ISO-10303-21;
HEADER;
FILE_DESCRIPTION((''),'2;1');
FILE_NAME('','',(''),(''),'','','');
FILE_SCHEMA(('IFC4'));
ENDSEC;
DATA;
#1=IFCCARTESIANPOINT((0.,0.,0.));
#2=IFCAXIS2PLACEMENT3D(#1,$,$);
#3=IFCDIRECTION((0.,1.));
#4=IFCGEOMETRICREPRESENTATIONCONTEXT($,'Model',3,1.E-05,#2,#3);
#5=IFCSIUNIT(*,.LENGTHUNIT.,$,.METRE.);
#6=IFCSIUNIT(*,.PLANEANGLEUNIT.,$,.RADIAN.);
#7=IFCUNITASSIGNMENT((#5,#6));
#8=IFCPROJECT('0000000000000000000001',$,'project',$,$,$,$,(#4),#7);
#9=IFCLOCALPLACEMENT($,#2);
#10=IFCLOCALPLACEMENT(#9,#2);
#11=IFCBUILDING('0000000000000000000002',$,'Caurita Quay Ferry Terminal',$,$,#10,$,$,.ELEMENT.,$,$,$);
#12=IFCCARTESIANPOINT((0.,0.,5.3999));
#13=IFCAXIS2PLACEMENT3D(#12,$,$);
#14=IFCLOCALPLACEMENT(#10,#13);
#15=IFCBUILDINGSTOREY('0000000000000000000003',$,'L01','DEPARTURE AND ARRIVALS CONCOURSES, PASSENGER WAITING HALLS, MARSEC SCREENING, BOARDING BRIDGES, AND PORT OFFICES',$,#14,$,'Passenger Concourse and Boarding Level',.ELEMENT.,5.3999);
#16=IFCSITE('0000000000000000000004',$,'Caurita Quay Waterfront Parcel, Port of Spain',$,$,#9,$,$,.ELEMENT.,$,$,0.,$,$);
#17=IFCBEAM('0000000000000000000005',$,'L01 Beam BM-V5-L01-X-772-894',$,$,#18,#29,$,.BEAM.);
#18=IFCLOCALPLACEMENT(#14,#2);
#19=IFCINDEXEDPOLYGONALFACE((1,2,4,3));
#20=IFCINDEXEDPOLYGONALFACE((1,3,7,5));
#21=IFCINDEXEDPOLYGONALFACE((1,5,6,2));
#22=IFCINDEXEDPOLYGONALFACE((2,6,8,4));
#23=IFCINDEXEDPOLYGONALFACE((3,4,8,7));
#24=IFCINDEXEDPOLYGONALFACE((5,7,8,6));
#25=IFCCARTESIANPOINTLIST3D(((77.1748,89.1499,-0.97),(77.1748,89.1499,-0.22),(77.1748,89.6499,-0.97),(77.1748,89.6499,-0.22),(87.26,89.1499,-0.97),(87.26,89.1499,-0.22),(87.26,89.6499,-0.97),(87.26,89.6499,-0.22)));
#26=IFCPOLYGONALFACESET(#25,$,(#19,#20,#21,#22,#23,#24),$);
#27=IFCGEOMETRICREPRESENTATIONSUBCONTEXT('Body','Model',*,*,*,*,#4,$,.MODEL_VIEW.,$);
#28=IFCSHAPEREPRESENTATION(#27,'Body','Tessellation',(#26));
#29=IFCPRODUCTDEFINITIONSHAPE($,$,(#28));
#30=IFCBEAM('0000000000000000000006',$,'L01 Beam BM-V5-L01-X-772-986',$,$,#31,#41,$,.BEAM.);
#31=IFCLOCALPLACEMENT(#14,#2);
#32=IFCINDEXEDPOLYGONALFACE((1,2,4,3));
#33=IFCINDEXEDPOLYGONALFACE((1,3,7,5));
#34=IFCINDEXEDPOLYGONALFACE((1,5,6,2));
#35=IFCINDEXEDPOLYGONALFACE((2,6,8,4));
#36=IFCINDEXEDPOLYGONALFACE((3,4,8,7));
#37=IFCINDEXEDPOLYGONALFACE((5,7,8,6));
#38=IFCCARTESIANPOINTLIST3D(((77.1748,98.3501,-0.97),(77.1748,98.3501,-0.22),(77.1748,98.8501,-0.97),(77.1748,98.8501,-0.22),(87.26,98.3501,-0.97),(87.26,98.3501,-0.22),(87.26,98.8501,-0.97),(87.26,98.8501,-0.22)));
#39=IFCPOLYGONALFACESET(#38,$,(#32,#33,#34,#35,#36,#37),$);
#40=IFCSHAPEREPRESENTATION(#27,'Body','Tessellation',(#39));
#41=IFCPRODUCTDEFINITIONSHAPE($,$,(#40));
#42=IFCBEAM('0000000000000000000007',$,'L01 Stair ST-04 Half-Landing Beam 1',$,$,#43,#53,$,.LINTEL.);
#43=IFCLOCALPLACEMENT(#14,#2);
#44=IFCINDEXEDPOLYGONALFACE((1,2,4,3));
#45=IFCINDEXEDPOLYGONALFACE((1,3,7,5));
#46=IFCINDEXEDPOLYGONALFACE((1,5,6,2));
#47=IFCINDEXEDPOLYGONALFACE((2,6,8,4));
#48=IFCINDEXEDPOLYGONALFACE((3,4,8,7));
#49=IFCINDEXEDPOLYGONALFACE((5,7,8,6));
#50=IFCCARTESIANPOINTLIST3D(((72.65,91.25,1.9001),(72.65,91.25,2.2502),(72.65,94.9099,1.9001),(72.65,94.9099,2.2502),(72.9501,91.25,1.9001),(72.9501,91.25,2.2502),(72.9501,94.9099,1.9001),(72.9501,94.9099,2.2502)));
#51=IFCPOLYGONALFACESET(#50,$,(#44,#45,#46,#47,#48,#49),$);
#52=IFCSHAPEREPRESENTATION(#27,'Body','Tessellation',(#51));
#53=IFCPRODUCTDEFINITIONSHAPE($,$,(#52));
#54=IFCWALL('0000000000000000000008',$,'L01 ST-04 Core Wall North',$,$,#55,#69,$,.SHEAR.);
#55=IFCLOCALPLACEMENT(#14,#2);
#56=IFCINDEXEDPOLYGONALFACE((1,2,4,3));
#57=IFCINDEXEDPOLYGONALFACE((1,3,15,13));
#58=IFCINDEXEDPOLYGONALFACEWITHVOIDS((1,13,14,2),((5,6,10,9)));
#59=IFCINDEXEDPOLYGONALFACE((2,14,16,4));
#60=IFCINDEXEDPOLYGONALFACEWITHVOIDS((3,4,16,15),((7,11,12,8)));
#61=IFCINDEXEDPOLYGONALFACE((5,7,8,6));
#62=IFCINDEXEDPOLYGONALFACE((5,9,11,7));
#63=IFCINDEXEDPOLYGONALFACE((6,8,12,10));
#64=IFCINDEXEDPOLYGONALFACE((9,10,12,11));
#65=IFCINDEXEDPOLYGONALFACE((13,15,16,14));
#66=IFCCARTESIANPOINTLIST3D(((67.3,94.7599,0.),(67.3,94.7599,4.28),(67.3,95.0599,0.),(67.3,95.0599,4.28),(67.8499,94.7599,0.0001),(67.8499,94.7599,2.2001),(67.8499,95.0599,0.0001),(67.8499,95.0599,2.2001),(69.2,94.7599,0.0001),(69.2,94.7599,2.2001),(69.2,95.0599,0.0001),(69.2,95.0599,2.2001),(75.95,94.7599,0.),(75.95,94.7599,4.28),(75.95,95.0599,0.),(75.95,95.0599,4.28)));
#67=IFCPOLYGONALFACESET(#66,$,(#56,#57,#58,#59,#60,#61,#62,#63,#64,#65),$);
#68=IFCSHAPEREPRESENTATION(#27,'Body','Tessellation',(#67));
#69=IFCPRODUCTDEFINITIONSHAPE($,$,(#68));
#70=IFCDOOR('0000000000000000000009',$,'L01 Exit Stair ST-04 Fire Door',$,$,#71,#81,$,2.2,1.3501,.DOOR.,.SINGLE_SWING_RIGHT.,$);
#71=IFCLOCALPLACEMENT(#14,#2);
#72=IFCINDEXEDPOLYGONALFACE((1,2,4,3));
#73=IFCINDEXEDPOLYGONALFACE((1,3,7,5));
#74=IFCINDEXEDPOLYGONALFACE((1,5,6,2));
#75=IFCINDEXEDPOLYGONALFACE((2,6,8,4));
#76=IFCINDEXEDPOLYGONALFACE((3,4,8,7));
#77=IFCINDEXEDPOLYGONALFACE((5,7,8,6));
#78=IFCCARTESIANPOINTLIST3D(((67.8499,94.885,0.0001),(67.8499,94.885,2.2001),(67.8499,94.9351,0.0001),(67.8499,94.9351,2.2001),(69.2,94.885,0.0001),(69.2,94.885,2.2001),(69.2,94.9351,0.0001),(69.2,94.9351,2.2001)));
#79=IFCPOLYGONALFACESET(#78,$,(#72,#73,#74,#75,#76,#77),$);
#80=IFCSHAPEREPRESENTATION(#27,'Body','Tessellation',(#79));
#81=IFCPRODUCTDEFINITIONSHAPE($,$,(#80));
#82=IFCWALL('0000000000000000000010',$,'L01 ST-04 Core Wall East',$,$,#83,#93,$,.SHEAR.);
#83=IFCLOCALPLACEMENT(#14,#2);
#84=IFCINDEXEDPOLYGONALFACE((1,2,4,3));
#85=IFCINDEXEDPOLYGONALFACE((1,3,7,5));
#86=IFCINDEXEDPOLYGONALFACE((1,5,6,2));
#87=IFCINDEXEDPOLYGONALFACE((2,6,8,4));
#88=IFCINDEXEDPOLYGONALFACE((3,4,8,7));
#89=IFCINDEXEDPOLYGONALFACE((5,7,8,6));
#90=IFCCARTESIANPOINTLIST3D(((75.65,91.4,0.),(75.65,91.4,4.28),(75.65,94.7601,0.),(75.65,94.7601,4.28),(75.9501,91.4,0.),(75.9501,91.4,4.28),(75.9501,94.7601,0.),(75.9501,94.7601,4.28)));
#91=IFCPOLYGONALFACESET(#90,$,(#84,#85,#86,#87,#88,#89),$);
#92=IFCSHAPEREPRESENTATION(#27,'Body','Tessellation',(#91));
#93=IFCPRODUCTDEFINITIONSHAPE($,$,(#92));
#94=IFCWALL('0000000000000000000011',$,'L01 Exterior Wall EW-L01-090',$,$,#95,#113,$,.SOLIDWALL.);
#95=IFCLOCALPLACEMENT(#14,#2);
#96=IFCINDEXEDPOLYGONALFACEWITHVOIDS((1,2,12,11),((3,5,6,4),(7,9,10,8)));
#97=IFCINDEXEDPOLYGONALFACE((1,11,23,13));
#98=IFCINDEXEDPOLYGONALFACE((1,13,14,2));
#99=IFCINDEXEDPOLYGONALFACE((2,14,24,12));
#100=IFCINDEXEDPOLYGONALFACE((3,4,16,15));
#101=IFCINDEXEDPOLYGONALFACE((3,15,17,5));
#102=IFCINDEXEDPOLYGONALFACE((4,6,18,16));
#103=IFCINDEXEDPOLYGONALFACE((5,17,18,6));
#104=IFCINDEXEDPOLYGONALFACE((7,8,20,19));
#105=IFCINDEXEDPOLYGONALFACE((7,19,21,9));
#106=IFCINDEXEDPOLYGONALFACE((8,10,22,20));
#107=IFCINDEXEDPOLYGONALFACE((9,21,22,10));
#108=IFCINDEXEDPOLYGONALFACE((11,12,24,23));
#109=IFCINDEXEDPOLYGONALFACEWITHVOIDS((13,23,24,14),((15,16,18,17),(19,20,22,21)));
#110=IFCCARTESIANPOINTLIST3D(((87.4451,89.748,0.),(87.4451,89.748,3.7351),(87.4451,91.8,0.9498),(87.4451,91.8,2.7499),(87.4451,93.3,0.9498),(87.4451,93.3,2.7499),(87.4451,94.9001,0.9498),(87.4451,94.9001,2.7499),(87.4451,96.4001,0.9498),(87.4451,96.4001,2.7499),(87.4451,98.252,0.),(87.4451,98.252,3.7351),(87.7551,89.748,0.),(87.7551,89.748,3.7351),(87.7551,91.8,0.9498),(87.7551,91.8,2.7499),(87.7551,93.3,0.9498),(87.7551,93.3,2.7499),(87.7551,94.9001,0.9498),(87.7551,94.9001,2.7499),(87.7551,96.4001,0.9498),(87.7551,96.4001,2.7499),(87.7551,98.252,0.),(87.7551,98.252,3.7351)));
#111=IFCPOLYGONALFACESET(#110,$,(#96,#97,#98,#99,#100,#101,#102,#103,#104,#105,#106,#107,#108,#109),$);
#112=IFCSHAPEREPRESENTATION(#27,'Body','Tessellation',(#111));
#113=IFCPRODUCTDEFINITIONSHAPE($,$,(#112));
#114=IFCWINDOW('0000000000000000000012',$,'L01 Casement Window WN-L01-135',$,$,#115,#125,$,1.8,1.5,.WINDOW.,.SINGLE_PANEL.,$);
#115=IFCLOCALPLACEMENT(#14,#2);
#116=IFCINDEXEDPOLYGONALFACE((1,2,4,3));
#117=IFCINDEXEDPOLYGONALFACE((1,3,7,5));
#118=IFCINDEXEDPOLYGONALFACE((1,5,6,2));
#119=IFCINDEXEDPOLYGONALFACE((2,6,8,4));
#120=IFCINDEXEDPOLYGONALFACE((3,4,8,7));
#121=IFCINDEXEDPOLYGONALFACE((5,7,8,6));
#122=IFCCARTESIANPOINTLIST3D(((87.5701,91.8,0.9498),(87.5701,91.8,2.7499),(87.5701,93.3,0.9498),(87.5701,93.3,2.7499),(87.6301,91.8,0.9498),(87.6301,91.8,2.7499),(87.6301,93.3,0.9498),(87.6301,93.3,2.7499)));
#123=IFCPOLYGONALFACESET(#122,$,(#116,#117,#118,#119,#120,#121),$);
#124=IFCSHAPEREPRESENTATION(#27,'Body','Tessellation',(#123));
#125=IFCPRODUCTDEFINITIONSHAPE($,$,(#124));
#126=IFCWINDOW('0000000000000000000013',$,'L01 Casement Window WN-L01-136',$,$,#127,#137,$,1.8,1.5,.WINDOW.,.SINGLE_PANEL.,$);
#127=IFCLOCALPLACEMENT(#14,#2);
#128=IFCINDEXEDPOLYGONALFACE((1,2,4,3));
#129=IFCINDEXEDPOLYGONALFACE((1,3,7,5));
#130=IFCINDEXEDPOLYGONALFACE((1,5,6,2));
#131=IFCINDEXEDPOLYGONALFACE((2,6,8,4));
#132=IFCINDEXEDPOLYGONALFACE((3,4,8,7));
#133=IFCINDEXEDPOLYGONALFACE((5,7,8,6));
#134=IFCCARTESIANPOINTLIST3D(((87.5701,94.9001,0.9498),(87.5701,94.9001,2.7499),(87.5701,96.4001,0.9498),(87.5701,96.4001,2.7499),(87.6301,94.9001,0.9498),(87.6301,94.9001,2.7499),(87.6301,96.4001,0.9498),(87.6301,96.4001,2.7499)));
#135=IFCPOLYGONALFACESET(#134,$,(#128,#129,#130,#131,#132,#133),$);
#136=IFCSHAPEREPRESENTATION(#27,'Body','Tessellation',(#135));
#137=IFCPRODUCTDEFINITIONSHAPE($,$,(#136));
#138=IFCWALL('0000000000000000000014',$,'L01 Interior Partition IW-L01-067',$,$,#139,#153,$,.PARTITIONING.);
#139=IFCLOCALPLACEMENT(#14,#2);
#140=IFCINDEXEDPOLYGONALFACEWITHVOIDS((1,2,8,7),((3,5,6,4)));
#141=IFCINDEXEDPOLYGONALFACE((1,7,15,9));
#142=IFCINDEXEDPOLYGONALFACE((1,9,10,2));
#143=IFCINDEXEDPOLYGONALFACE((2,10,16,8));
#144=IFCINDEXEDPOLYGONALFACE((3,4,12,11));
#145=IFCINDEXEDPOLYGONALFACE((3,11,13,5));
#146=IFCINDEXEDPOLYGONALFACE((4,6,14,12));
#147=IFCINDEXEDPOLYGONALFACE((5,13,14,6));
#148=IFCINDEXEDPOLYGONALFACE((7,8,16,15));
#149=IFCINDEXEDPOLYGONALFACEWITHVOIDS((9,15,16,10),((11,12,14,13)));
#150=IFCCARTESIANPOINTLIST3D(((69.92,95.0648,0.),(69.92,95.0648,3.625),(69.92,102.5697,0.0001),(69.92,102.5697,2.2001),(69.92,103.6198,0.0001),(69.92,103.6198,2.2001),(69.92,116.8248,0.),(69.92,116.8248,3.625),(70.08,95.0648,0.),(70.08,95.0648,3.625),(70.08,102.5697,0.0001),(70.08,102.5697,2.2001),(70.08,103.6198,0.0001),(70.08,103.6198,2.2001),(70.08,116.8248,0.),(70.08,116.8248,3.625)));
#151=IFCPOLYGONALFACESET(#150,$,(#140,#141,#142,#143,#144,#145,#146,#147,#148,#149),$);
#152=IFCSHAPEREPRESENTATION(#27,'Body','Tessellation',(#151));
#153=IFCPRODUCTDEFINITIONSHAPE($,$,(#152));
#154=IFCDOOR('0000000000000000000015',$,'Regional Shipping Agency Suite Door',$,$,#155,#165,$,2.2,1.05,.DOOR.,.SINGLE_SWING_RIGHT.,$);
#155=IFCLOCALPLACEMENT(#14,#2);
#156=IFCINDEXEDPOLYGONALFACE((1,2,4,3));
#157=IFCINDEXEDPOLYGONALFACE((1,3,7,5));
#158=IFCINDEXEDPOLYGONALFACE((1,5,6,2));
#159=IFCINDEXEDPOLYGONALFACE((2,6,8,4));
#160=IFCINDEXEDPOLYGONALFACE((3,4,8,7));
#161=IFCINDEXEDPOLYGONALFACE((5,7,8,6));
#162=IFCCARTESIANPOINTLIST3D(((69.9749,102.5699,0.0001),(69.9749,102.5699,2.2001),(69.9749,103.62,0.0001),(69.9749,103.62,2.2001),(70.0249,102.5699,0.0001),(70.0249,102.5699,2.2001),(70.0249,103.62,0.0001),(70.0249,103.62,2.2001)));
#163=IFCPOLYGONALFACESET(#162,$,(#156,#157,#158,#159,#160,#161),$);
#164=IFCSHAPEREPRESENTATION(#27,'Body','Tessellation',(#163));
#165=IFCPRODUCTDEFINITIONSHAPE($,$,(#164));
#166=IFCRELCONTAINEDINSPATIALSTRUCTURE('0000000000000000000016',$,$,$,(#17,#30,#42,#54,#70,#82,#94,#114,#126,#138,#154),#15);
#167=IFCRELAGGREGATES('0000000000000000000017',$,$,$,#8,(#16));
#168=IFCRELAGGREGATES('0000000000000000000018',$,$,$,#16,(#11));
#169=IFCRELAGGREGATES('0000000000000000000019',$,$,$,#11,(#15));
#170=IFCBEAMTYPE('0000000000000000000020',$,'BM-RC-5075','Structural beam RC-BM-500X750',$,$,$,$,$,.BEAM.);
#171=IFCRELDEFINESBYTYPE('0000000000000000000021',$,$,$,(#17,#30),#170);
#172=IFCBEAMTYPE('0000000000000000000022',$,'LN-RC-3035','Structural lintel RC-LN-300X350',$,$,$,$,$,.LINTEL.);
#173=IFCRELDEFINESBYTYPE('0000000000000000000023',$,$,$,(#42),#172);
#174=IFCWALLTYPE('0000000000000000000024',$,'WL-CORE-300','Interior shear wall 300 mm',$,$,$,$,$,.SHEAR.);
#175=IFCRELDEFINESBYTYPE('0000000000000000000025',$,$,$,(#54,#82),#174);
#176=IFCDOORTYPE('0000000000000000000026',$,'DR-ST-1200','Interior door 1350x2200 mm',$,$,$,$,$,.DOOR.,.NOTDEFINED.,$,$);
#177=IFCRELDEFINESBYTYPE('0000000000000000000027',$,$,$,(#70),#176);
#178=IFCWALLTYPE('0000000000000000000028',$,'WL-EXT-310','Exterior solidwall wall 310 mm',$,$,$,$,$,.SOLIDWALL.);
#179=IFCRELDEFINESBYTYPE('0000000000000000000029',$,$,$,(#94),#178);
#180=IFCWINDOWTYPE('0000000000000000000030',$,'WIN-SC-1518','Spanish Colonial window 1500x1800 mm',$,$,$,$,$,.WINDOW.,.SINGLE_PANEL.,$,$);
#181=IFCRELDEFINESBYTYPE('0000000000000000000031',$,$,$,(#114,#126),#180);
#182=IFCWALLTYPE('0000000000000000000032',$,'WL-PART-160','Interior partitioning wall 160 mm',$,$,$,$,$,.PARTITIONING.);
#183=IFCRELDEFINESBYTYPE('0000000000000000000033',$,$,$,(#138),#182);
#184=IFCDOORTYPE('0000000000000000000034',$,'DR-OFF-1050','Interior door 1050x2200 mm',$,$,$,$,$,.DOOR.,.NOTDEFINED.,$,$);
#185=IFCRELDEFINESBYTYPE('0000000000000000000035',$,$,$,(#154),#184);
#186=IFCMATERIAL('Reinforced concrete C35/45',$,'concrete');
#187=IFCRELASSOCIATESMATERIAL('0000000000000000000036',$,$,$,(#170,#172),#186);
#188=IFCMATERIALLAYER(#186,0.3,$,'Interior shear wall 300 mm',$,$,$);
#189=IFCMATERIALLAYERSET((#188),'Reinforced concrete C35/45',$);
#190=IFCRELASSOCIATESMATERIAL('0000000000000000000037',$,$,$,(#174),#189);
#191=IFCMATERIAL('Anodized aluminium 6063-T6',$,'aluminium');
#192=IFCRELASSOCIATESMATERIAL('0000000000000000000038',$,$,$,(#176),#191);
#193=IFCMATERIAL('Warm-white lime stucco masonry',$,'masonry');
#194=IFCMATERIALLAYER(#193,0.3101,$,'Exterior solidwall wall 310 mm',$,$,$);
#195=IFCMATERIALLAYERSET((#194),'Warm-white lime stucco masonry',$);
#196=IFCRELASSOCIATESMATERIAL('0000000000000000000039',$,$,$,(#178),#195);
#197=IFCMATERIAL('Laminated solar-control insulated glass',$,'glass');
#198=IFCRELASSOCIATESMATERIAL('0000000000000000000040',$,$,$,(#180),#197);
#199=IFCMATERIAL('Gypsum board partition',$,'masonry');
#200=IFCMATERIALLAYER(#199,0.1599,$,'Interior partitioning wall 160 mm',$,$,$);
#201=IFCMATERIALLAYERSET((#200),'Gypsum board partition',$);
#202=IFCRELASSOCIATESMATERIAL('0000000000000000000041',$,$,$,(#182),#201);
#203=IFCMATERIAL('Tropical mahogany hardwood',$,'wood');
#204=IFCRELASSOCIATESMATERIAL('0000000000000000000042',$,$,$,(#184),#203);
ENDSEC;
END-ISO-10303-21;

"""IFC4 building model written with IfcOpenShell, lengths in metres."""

from ifc_helpers import new_model, si_unit, direction, frame, frame_2d, origin, origin_2d, place, context, subcontext, project, spatial, rectangle, extrude, material, layer, layer_set, material_profile, profile_set, type_object, element, fill, save


model = new_model("IFC4")

# Units and contexts
model_context = context("Model", 3, precision=1e-05, world=origin(), true_north=direction((0.0, 1.0)))
body_context = subcontext(model_context, "Body", "Model", "MODEL_VIEW")
ifc_project = project(units=[si_unit("LENGTHUNIT", "METRE"), si_unit("PLANEANGLEUNIT", "RADIAN")], contexts=[model_context])

# Site, building, storey
site_placement = place(None, origin())
site = spatial("IfcSite", under=ifc_project, at=site_placement, Name="Caurita Quay Waterfront Parcel, Port of Spain", CompositionType="ELEMENT", RefElevation=0.0)
building_placement = place(site_placement, origin())
building = spatial("IfcBuilding", under=site, at=building_placement, Name="Caurita Quay Ferry Terminal", CompositionType="ELEMENT")
storey_placement = place(building_placement, frame((0.0, 0.0, 5.3999)))
storey = spatial("IfcBuildingStorey", under=building, at=storey_placement, Name="L01", Description="DEPARTURE AND ARRIVALS CONCOURSES, PASSENGER WAITING HALLS, MARSEC SCREENING, BOARDING BRIDGES, AND PORT OFFICES", LongName="Passenger Concourse and Boarding Level", CompositionType="ELEMENT", Elevation=5.3999)

# Shared definitions
ifc_material_1 = material(Name="Reinforced concrete C35/45", Category="concrete")

# Beams
ifc_material_profile_1 = material_profile(ifc_material_1, rectangle(XDim=0.5, YDim=0.75, at=origin_2d()), Name="RC-BM-500X750")
ifc_profile_set_1 = profile_set([ifc_material_profile_1], Name="Reinforced concrete C35/45")
beam_type_1 = type_object("IfcBeamType", Name="BM-RC-5075", Description="Structural beam RC-BM-500X750", PredefinedType="BEAM", material=ifc_profile_set_1)
for number, where, z_axis, x_axis, name in (
    (1, (77.1748, 89.3999, -0.595), (1.0, 0.0, 0.0), (0.0, 1.0, 0.0), "L01 Beam BM-V5-L01-X-772-894"),
    (2, (77.1748, 98.6001, -0.595), (1.0, 0.0, 0.0), (0.0, 1.0, 0.0), "L01 Beam BM-V5-L01-X-772-986"),
):
    element("IfcBeam", number, at=place(storey_placement, frame(where, z_axis=z_axis, x_axis=x_axis)), inside=storey, type_object=beam_type_1, Name=name, PredefinedType="BEAM", context=body_context, shape_type="SweptSolid", body=[
        extrude(rectangle(XDim=0.5, YDim=0.75, at=origin_2d()), origin(), (0.0, 0.0, 1.0), 10.0852),
    ])
ifc_material_profile_2 = material_profile(ifc_material_1, rectangle(XDim=0.3, YDim=0.3501, at=origin_2d()), Name="RC-LN-300X350")
ifc_profile_set_2 = profile_set([ifc_material_profile_2], Name="Reinforced concrete C35/45")
beam_type_2 = type_object("IfcBeamType", Name="LN-RC-3035", Description="Structural lintel RC-LN-300X350", PredefinedType="LINTEL", material=ifc_profile_set_2)
beam_placement = place(storey_placement, frame((72.8, 91.25, 2.0752), z_axis=(0.0, 1.0, 0.0), x_axis=(-1.0, 0.0, 0.0)))
element("IfcBeam", 3, at=beam_placement, inside=storey, type_object=beam_type_2, Name="L01 Stair ST-04 Half-Landing Beam 1", PredefinedType="LINTEL", context=body_context, shape_type="SweptSolid", body=[
    extrude(rectangle(XDim=0.3, YDim=0.3501, at=origin_2d()), origin(), (0.0, 0.0, 1.0), 3.6599),
])

# Wall, opening, door
ifc_layer_1 = layer(ifc_material_1, 0.3, Name="Interior shear wall 300 mm")
ifc_layer_set_1 = layer_set([ifc_layer_1], Name="Reinforced concrete C35/45")
wall_type_1 = type_object("IfcWallType", Name="WL-CORE-300", Description="Interior shear wall 300 mm", PredefinedType="SHEAR", material=ifc_layer_set_1)
wall_1_placement = place(storey_placement, frame((75.95, 94.9099, 0.0), z_axis=(0.0, 0.0, 1.0), x_axis=(-1.0, 0.0, 0.0)))
wall_1 = element("IfcWall", 4, at=wall_1_placement, inside=storey, type_object=wall_type_1, Name="L01 ST-04 Core Wall North", PredefinedType="SHEAR", context=body_context, shape_type="SweptSolid", body=[
    extrude(rectangle(XDim=8.6499, YDim=0.3, at=frame_2d((4.325, 0.0))), origin(), (0.0, 0.0, 1.0), 4.28),
])
opening_1_placement = place(wall_1_placement, frame((6.75, 0.0, 0.0)))
opening_1 = element("IfcOpeningElement", 5, at=opening_1_placement, cuts=wall_1, PredefinedType="OPENING", context=body_context, shape_type="SweptSolid", body=[
    extrude(rectangle(XDim=1.3501, YDim=2.2, at=frame_2d((0.675, 1.1001))), frame((0.0, 0.1599, 0.0), z_axis=(0.0, -1.0, 0.0), x_axis=(1.0, 0.0, 0.0)), (0.0, 0.0, 1.0), 0.3201),
])
ifc_material_2 = material(Name="Anodized aluminium 6063-T6", Category="aluminium")
door_type_1 = type_object("IfcDoorType", Name="DR-ST-1200", Description="Interior door 1350x2200 mm", OperationType="NOTDEFINED", PredefinedType="DOOR", material=ifc_material_2)
door_1_placement = place(opening_1_placement, origin())
door_1 = element("IfcDoor", 6, at=door_1_placement, inside=storey, type_object=door_type_1, Name="L01 Exit Stair ST-04 Fire Door", OperationType="SINGLE_SWING_RIGHT", OverallHeight=2.2, OverallWidth=1.3501, PredefinedType="DOOR", context=body_context, shape_type="SweptSolid", body=[
    extrude(rectangle(XDim=1.3501, YDim=2.2, at=frame_2d((0.675, 1.1001))), frame((0.0, 0.0249, 0.0), z_axis=(0.0, -1.0, 0.0), x_axis=(1.0, 0.0, 0.0)), (0.0, 0.0, 1.0), 0.05),
])
fill(opening_1, door_1)

# Wall
wall_2_placement = place(storey_placement, frame((75.8, 91.3999, 0.0), z_axis=(0.0, 0.0, 1.0), x_axis=(0.0, 1.0, 0.0)))
element("IfcWall", 7, at=wall_2_placement, inside=storey, type_object=wall_type_1, Name="L01 ST-04 Core Wall East", PredefinedType="SHEAR", context=body_context, shape_type="SweptSolid", body=[
    extrude(rectangle(XDim=3.3601, YDim=0.3, at=frame_2d((1.6802, 0.0))), origin(), (0.0, 0.0, 1.0), 4.28),
])

# Wall, openings, windows
ifc_material_3 = material(Name="Warm-white lime stucco masonry", Category="masonry")
ifc_layer_2 = layer(ifc_material_3, 0.3101, Name="Exterior solidwall wall 310 mm")
ifc_layer_set_2 = layer_set([ifc_layer_2], Name="Warm-white lime stucco masonry")
wall_type_2 = type_object("IfcWallType", Name="WL-EXT-310", Description="Exterior solidwall wall 310 mm", PredefinedType="SOLIDWALL", material=ifc_layer_set_2)
wall_3_placement = place(storey_placement, frame((87.6001, 89.748, 0.0), z_axis=(0.0, 0.0, 1.0), x_axis=(0.0, 1.0, 0.0)))
wall_3 = element("IfcWall", 8, at=wall_3_placement, inside=storey, type_object=wall_type_2, Name="L01 Exterior Wall EW-L01-090", PredefinedType="SOLIDWALL", context=body_context, shape_type="SweptSolid", body=[
    extrude(rectangle(XDim=8.5039, YDim=0.3101, at=frame_2d((4.252, 0.0))), origin(), (0.0, 0.0, 1.0), 3.7351),
])
opening_2_placement = place(wall_3_placement, frame((2.052, 0.0, 0.95)))
opening_2 = element("IfcOpeningElement", 9, at=opening_2_placement, cuts=wall_3, PredefinedType="OPENING", context=body_context, shape_type="SweptSolid", body=[
    extrude(rectangle(XDim=1.5, YDim=1.8, at=frame_2d((0.75, 0.8999))), frame((0.0, 0.165, 0.0), z_axis=(0.0, -1.0, 0.0), x_axis=(1.0, 0.0, 0.0)), (0.0, 0.0, 1.0), 0.3301),
])
opening_3_placement = place(wall_3_placement, frame((5.1521, 0.0, 0.95)))
opening_3 = element("IfcOpeningElement", 10, at=opening_3_placement, cuts=wall_3, PredefinedType="OPENING", context=body_context, shape_type="SweptSolid", body=[
    extrude(rectangle(XDim=1.5, YDim=1.8, at=frame_2d((0.75, 0.8999))), frame((0.0, 0.165, 0.0), z_axis=(0.0, -1.0, 0.0), x_axis=(1.0, 0.0, 0.0)), (0.0, 0.0, 1.0), 0.3301),
])
ifc_material_4 = material(Name="Laminated solar-control insulated glass", Category="glass")
window_type = type_object("IfcWindowType", Name="WIN-SC-1518", Description="Spanish Colonial window 1500x1800 mm", PartitioningType="SINGLE_PANEL", PredefinedType="WINDOW", material=ifc_material_4)
window_1_placement = place(opening_2_placement, origin())
window_1 = element("IfcWindow", 11, at=window_1_placement, inside=storey, type_object=window_type, Name="L01 Casement Window WN-L01-135", OverallHeight=1.8, OverallWidth=1.5, PartitioningType="SINGLE_PANEL", PredefinedType="WINDOW", context=body_context, shape_type="SweptSolid", body=[
    extrude(rectangle(XDim=1.5, YDim=1.8, at=frame_2d((0.75, 0.8999))), frame((0.0, 0.03, 0.0), z_axis=(0.0, -1.0, 0.0), x_axis=(1.0, 0.0, 0.0)), (0.0, 0.0, 1.0), 0.0601),
])
fill(opening_2, window_1)
window_2_placement = place(opening_3_placement, origin())
window_2 = element("IfcWindow", 12, at=window_2_placement, inside=storey, type_object=window_type, Name="L01 Casement Window WN-L01-136", OverallHeight=1.8, OverallWidth=1.5, PartitioningType="SINGLE_PANEL", PredefinedType="WINDOW", context=body_context, shape_type="SweptSolid", body=[
    extrude(rectangle(XDim=1.5, YDim=1.8, at=frame_2d((0.75, 0.8999))), frame((0.0, 0.03, 0.0), z_axis=(0.0, -1.0, 0.0), x_axis=(1.0, 0.0, 0.0)), (0.0, 0.0, 1.0), 0.0601),
])
fill(opening_3, window_2)

# Wall, opening, door
ifc_material_5 = material(Name="Gypsum board partition", Category="masonry")
ifc_layer_3 = layer(ifc_material_5, 0.1599, Name="Interior partitioning wall 160 mm")
ifc_layer_set_3 = layer_set([ifc_layer_3], Name="Gypsum board partition")
wall_type_3 = type_object("IfcWallType", Name="WL-PART-160", Description="Interior partitioning wall 160 mm", PredefinedType="PARTITIONING", material=ifc_layer_set_3)
wall_4_placement = place(storey_placement, frame((70.0, 95.0649, 0.0), z_axis=(0.0, 0.0, 1.0), x_axis=(0.0, 1.0, 0.0)))
wall_4 = element("IfcWall", 13, at=wall_4_placement, inside=storey, type_object=wall_type_3, Name="L01 Interior Partition IW-L01-067", PredefinedType="PARTITIONING", context=body_context, shape_type="SweptSolid", body=[
    extrude(rectangle(XDim=21.76, YDim=0.1599, at=frame_2d((10.8799, 0.0))), origin(), (0.0, 0.0, 1.0), 3.625),
])
opening_4_placement = place(wall_4_placement, frame((7.5049, 0.0, 0.0)))
opening_4 = element("IfcOpeningElement", 14, at=opening_4_placement, cuts=wall_4, PredefinedType="OPENING", context=body_context, shape_type="SweptSolid", body=[
    extrude(rectangle(XDim=1.05, YDim=2.2, at=frame_2d((0.5249, 1.1001))), frame((0.0, 0.0898, 0.0), z_axis=(0.0, -1.0, 0.0), x_axis=(1.0, 0.0, 0.0)), (0.0, 0.0, 1.0), 0.1799),
])
ifc_material_6 = material(Name="Tropical mahogany hardwood", Category="wood")
door_type_2 = type_object("IfcDoorType", Name="DR-OFF-1050", Description="Interior door 1050x2200 mm", OperationType="NOTDEFINED", PredefinedType="DOOR", material=ifc_material_6)
door_2_placement = place(opening_4_placement, frame((1.05, 0.0, 0.0), z_axis=(0.0, 0.0, 1.0), x_axis=(-1.0, 0.0, 0.0)))
door_2 = element("IfcDoor", 15, at=door_2_placement, inside=storey, type_object=door_type_2, Name="Regional Shipping Agency Suite Door", OperationType="SINGLE_SWING_RIGHT", OverallHeight=2.2, OverallWidth=1.05, PredefinedType="DOOR", context=body_context, shape_type="SweptSolid", body=[
    extrude(rectangle(XDim=1.05, YDim=2.2, at=frame_2d((0.5249, 1.1001))), frame((0.0, 0.0249, 0.0), z_axis=(0.0, -1.0, 0.0), x_axis=(1.0, 0.0, 0.0)), (0.0, 0.0, 1.0), 0.05),
])
fill(opening_4, door_2)

save(model, "model.ifc")
